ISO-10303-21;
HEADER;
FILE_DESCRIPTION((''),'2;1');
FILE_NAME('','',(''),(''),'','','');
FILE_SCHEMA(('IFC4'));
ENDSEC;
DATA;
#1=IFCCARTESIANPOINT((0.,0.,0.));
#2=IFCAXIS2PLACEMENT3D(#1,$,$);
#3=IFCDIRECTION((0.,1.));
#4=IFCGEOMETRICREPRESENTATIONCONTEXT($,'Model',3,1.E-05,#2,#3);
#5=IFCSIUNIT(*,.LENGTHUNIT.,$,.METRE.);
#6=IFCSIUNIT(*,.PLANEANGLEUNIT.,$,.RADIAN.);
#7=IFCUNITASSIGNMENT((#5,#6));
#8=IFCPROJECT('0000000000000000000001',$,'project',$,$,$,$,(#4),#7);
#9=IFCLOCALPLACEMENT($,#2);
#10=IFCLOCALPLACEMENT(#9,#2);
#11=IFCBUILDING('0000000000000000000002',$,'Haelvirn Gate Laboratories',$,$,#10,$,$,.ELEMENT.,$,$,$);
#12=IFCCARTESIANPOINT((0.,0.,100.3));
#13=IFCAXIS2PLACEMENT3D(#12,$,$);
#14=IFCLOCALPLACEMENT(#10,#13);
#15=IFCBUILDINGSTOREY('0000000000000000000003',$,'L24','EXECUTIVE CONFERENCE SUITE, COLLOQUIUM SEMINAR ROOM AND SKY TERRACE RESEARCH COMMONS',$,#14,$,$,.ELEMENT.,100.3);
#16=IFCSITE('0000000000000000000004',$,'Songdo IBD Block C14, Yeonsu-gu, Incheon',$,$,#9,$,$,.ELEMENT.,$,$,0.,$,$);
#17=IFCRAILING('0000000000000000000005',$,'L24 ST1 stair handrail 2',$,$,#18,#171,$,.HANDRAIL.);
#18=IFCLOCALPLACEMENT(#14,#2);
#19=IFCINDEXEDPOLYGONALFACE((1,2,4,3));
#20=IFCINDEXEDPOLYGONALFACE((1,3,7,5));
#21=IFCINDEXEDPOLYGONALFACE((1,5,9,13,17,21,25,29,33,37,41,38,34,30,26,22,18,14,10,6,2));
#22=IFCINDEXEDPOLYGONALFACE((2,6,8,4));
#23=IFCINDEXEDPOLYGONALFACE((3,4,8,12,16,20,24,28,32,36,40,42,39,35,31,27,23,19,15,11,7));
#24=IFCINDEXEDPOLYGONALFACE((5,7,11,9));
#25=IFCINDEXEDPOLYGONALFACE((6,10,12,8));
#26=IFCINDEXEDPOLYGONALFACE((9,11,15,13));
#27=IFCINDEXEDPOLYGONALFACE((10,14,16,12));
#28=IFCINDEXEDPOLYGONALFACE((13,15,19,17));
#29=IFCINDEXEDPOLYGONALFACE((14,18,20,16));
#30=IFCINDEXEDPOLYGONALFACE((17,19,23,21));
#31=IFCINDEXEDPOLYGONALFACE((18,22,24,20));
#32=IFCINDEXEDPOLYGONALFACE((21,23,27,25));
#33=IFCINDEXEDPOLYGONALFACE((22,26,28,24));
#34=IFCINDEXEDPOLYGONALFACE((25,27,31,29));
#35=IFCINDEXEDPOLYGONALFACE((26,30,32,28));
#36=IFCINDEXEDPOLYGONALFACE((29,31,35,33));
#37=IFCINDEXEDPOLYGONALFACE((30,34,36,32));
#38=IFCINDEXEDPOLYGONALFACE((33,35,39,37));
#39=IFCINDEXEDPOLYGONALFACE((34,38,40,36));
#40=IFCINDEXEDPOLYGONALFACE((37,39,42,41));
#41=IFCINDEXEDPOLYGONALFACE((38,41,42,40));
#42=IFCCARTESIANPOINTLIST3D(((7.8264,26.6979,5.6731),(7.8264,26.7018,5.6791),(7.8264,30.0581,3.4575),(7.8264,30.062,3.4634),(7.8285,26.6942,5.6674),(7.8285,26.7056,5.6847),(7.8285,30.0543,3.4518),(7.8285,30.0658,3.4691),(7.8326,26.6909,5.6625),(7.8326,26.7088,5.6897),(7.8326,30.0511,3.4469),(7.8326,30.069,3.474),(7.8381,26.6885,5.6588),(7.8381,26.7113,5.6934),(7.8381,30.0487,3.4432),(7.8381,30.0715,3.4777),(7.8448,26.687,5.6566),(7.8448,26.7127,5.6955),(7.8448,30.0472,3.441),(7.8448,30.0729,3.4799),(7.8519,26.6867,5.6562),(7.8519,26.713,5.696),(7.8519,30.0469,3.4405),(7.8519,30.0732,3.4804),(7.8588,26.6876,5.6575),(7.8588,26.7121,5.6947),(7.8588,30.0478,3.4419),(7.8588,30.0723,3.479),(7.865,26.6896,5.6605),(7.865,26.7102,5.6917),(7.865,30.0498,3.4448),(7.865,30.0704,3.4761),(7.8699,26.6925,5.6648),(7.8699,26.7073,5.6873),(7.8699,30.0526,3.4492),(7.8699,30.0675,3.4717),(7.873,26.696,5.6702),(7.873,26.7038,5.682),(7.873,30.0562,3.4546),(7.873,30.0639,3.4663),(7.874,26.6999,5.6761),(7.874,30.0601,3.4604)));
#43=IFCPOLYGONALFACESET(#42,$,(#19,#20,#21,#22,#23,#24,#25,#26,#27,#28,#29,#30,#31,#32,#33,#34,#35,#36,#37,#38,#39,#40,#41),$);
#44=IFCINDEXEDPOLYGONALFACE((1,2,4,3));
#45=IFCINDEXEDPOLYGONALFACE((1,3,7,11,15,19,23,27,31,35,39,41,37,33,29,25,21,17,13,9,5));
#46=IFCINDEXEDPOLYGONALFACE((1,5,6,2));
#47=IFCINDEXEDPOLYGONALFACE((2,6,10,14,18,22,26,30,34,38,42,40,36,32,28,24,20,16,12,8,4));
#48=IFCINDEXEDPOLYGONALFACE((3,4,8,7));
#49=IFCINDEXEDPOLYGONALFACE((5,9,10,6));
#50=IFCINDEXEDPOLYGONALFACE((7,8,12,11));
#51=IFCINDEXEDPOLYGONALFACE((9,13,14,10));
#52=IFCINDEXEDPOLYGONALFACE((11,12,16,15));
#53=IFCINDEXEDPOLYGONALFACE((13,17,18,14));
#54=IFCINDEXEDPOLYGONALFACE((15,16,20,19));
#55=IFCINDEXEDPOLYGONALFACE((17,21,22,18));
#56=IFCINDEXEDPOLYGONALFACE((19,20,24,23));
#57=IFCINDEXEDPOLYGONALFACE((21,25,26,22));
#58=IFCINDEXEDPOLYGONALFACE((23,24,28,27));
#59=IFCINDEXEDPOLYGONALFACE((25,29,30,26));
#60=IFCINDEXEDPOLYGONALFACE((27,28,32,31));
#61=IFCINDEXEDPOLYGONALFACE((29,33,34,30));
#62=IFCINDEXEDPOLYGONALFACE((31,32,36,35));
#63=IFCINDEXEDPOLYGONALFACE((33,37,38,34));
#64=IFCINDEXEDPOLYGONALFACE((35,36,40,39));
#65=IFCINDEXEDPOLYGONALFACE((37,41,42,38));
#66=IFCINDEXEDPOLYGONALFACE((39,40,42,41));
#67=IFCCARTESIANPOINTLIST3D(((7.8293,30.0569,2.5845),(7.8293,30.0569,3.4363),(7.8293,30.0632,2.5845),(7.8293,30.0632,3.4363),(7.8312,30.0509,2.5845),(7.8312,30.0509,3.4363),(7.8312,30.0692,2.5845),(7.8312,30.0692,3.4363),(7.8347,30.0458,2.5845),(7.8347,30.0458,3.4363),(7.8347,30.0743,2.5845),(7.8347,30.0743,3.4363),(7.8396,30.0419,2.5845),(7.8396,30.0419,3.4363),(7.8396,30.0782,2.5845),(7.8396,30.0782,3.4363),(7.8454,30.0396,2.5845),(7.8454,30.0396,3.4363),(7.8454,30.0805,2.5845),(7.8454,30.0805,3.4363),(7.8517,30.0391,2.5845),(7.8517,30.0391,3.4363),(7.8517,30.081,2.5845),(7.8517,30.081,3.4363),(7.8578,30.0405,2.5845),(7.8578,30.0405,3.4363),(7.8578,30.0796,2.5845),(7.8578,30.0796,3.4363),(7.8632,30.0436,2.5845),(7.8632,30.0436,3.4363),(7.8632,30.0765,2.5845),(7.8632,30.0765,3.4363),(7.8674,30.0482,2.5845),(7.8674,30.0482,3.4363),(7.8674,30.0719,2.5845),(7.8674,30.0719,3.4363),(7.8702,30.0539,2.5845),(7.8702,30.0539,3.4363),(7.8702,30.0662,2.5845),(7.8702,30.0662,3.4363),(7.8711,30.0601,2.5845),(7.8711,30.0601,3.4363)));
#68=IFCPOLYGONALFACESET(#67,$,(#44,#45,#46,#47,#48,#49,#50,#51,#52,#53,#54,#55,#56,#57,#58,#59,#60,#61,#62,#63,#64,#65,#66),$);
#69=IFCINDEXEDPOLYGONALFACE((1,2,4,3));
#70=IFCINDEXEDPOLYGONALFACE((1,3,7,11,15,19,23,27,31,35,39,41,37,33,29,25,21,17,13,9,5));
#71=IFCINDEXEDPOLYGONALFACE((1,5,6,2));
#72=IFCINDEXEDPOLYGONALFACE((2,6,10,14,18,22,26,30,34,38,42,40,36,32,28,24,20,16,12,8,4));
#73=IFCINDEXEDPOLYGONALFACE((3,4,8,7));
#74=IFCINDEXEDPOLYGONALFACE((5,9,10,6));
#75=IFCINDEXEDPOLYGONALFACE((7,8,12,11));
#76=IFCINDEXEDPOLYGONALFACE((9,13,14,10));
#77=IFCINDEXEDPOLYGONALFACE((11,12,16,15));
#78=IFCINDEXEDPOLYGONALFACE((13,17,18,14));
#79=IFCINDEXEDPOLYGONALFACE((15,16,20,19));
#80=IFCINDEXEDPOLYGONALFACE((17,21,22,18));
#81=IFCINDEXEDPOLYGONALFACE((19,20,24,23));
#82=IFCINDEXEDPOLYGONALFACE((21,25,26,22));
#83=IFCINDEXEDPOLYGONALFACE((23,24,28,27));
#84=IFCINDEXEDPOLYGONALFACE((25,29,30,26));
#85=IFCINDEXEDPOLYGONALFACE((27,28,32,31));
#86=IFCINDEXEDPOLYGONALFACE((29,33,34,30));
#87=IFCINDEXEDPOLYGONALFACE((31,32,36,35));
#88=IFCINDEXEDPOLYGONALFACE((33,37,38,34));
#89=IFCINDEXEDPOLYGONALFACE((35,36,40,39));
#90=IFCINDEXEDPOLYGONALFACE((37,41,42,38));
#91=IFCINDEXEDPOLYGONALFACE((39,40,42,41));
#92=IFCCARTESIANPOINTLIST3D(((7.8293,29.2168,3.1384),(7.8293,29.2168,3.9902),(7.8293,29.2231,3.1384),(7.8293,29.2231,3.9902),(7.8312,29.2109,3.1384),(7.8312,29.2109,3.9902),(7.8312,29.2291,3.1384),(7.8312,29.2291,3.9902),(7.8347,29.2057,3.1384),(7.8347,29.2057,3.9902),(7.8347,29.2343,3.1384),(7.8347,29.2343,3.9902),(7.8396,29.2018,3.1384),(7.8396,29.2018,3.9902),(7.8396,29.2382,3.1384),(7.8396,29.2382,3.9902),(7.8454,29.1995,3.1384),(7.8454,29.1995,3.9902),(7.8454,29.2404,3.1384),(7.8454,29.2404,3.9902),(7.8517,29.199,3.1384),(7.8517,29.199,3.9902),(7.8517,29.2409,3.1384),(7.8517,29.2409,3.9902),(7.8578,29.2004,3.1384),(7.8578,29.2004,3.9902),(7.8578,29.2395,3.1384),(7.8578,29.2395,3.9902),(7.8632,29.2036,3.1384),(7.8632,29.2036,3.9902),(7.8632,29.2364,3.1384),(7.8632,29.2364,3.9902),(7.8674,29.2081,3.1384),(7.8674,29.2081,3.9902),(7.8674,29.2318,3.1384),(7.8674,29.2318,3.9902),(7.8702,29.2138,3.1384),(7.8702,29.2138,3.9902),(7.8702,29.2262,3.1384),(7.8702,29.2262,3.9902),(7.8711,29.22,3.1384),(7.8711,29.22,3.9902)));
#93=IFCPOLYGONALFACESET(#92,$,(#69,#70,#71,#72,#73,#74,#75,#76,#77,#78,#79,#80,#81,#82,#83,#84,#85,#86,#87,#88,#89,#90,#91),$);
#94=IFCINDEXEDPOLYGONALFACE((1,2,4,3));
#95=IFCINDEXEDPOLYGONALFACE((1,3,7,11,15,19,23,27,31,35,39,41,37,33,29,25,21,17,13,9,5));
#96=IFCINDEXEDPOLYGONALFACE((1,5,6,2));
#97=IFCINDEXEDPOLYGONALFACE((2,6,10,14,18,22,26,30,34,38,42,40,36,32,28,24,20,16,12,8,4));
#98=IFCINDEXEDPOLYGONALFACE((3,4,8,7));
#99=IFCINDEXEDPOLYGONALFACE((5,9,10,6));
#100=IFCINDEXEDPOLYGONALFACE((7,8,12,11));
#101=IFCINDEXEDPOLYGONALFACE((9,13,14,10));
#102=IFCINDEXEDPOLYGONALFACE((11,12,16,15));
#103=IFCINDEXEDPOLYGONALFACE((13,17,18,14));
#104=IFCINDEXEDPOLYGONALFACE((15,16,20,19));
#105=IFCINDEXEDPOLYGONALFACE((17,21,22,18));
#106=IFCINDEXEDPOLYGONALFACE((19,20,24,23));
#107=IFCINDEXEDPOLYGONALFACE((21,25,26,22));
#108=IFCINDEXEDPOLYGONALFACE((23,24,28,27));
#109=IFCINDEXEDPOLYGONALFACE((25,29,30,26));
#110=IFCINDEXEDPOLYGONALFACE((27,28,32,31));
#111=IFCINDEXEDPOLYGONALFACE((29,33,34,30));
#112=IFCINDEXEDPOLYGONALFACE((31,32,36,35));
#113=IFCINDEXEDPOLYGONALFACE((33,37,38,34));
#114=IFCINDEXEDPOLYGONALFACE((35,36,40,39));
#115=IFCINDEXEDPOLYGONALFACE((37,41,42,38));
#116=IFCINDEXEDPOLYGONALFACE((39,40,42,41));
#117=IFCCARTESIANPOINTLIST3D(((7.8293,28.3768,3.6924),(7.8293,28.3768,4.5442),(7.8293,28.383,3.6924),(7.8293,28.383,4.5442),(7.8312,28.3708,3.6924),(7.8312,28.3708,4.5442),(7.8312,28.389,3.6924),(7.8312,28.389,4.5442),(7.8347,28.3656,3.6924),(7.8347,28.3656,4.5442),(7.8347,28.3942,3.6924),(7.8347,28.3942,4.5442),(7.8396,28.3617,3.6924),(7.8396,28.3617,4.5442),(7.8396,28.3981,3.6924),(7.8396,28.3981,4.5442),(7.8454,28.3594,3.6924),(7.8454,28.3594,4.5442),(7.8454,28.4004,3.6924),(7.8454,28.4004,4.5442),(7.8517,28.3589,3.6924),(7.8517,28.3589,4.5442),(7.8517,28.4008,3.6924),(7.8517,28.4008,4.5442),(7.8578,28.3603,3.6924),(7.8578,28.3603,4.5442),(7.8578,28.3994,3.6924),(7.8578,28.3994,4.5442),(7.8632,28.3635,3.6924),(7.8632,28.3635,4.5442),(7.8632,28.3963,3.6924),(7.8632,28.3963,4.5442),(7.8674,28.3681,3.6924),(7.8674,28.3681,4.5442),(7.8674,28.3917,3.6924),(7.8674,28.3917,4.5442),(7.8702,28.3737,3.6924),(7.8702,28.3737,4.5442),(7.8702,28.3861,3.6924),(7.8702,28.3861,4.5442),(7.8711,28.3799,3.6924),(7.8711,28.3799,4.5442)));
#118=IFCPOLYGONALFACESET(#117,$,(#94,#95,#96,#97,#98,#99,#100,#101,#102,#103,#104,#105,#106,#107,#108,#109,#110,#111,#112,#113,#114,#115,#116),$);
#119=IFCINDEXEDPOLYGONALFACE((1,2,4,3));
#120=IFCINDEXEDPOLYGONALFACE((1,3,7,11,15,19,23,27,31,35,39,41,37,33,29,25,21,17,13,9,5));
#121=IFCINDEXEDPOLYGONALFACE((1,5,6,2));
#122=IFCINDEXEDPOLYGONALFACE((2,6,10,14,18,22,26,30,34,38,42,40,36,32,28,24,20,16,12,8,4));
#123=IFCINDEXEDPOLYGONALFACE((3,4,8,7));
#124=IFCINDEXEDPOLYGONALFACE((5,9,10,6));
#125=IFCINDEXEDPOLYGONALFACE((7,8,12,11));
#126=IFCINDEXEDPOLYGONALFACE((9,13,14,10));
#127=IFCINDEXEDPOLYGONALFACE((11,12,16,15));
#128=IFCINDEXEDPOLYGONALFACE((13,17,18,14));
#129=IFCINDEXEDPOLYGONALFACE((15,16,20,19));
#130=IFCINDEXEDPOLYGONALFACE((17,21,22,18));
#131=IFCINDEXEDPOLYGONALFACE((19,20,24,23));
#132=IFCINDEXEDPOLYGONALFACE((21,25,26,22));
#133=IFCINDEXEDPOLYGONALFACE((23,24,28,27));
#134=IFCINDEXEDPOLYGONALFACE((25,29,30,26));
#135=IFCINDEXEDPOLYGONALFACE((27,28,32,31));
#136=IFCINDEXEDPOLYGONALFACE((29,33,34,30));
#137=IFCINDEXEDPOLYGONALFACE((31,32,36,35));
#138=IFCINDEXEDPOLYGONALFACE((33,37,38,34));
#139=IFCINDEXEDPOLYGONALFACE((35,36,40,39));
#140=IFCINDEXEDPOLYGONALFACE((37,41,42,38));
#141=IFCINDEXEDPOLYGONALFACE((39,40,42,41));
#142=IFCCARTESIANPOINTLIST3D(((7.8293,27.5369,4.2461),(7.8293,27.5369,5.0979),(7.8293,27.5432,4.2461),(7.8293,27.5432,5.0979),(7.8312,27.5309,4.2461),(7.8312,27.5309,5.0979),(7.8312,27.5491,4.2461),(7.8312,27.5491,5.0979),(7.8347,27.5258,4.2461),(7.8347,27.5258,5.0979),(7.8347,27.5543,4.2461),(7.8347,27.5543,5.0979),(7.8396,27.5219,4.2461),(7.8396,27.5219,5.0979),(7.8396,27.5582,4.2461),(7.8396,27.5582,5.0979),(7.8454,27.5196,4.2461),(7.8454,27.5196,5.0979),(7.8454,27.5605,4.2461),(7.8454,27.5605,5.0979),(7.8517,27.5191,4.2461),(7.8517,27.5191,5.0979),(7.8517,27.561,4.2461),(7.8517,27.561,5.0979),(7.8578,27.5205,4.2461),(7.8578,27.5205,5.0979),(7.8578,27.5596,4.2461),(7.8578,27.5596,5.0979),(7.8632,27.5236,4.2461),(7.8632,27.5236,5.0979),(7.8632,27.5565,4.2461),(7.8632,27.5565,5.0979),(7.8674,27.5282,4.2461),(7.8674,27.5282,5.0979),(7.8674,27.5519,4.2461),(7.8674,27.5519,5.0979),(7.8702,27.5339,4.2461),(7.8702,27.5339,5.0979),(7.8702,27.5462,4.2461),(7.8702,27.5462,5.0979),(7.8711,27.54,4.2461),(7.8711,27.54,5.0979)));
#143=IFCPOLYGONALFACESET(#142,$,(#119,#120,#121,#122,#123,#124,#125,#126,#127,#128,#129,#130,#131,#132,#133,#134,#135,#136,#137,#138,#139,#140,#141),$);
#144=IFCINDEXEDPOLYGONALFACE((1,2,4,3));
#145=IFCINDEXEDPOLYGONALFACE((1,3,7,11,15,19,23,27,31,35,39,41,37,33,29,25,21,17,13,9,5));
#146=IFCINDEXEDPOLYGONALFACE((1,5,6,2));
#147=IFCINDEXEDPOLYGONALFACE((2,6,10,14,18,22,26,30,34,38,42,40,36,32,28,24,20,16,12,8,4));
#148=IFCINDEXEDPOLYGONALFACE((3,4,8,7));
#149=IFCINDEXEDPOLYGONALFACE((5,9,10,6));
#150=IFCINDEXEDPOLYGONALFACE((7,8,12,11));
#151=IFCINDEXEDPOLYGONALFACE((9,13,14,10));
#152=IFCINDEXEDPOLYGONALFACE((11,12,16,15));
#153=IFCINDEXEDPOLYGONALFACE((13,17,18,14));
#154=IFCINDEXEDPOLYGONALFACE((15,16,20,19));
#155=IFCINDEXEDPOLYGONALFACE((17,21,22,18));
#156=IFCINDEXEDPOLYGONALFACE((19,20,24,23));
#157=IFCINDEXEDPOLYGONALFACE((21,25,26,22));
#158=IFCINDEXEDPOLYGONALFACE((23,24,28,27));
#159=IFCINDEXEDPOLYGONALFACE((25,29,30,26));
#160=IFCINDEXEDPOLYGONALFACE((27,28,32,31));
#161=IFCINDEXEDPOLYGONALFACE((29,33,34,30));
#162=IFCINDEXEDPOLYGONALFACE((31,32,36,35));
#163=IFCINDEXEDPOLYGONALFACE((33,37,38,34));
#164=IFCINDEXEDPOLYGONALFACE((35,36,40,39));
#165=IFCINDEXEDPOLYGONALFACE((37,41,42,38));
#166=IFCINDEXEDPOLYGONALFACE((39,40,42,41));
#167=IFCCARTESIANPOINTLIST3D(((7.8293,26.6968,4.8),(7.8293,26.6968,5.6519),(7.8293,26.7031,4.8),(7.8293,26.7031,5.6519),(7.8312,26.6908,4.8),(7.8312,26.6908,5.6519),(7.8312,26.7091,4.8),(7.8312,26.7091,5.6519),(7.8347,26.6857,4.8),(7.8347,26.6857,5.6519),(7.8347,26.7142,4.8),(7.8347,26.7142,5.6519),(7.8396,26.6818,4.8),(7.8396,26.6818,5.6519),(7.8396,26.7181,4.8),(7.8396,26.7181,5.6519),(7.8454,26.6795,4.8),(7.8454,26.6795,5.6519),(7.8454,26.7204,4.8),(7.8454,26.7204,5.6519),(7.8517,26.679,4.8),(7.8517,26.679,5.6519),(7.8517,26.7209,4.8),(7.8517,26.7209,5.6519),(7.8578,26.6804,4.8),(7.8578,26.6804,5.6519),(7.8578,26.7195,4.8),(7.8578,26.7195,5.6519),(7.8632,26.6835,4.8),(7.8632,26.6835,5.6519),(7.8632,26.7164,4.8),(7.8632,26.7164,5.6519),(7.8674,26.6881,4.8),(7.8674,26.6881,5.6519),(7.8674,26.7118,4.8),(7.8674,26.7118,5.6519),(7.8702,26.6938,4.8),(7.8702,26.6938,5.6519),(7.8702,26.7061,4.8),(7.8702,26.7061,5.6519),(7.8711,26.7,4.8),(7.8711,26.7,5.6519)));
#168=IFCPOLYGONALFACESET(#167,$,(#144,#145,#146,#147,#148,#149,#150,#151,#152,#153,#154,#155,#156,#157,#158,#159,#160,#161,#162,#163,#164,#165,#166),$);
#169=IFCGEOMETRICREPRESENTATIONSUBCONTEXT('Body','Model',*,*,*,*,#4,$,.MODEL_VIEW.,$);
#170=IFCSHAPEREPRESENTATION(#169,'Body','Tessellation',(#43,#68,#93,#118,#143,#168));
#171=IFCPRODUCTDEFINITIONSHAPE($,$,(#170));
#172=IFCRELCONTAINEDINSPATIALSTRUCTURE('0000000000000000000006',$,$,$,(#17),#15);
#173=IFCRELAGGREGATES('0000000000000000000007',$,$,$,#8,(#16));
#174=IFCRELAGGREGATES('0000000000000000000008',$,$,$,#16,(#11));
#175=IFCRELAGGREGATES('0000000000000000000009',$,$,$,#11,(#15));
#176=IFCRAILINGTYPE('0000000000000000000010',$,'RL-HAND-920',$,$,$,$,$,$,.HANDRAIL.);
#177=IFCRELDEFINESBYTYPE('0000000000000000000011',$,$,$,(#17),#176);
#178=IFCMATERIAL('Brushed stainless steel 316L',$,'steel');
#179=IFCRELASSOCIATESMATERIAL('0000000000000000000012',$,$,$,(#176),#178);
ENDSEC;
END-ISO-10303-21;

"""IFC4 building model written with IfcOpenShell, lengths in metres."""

from ifc_helpers import new_model, si_unit, direction, frame, origin, origin_2d, place, context, subcontext, project, spatial, circle, extrude, source, transform, mapped, material, type_object, type_shapes, element, save


model = new_model("IFC4")

# Units and contexts
model_context = context("Model", 3, precision=1e-05, world=origin(), true_north=direction((0.0, 1.0)))
body_context = subcontext(model_context, "Body", "Model", "MODEL_VIEW")
ifc_project = project(units=[si_unit("LENGTHUNIT", "METRE"), si_unit("PLANEANGLEUNIT", "RADIAN")], contexts=[model_context])

# Site, building, storey
site_placement = place(None, origin())
site = spatial("IfcSite", under=ifc_project, at=site_placement, Name="Songdo IBD Block C14, Yeonsu-gu, Incheon", CompositionType="ELEMENT", RefElevation=0.0)
building_placement = place(site_placement, origin())
building = spatial("IfcBuilding", under=site, at=building_placement, Name="Haelvirn Gate Laboratories", CompositionType="ELEMENT")
storey_placement = place(building_placement, frame((0.0, 0.0, 100.3)))
storey = spatial("IfcBuildingStorey", under=building, at=storey_placement, Name="L24", Description="EXECUTIVE CONFERENCE SUITE, COLLOQUIUM SEMINAR ROOM AND SKY TERRACE RESEARCH COMMONS", CompositionType="ELEMENT", Elevation=100.3)

# Railing
ifc_material_1 = material(Name="Brushed stainless steel 316L", Category="steel")
railing_type_1 = type_object("IfcRailingType", Name="RL-HAND-920", PredefinedType="HANDRAIL", material=ifc_material_1)
shared_shape_1 = source(origin(), body_context, "Body", "SweptSolid", [
    extrude(circle(Radius=0.0239, at=origin_2d()), frame((0.0, 0.0, 0.876), z_axis=(0.0, -0.834849, 0.55048), x_axis=(1.0, 0.0, 0.0)), (0.0, 0.0, 1.0), 4.0249),
    extrude(circle(Radius=0.021, at=origin_2d()), origin(), (0.0, 0.0, 1.0), 0.8518),
    extrude(circle(Radius=0.021, at=origin_2d()), frame((0.0, -0.8401, 0.554)), (0.0, 0.0, 1.0), 0.8518),
    extrude(circle(Radius=0.021, at=origin_2d()), frame((0.0, -1.6802, 1.1079)), (0.0, 0.0, 1.0), 0.8518),
    extrude(circle(Radius=0.021, at=origin_2d()), frame((0.0, -2.52, 1.6616)), (0.0, 0.0, 1.0), 0.8518),
    extrude(circle(Radius=0.021, at=origin_2d()), frame((0.0, -3.3601, 2.2156)), (0.0, 0.0, 1.0), 0.8518),
])
type_shapes(railing_type_1, [shared_shape_1])
railing_1_placement = place(storey_placement, frame((7.8501, 30.0601, 2.5845)))
element("IfcRailing", 1, at=railing_1_placement, inside=storey, type_object=railing_type_1, Name="L24 ST1 stair handrail 2", PredefinedType="HANDRAIL", context=body_context, shape_type="MappedRepresentation", body=[
    mapped(shared_shape_1, transform((0.0, 0.0, 0.0), scale=1.0)),
])

save(model, "model.ifc")
